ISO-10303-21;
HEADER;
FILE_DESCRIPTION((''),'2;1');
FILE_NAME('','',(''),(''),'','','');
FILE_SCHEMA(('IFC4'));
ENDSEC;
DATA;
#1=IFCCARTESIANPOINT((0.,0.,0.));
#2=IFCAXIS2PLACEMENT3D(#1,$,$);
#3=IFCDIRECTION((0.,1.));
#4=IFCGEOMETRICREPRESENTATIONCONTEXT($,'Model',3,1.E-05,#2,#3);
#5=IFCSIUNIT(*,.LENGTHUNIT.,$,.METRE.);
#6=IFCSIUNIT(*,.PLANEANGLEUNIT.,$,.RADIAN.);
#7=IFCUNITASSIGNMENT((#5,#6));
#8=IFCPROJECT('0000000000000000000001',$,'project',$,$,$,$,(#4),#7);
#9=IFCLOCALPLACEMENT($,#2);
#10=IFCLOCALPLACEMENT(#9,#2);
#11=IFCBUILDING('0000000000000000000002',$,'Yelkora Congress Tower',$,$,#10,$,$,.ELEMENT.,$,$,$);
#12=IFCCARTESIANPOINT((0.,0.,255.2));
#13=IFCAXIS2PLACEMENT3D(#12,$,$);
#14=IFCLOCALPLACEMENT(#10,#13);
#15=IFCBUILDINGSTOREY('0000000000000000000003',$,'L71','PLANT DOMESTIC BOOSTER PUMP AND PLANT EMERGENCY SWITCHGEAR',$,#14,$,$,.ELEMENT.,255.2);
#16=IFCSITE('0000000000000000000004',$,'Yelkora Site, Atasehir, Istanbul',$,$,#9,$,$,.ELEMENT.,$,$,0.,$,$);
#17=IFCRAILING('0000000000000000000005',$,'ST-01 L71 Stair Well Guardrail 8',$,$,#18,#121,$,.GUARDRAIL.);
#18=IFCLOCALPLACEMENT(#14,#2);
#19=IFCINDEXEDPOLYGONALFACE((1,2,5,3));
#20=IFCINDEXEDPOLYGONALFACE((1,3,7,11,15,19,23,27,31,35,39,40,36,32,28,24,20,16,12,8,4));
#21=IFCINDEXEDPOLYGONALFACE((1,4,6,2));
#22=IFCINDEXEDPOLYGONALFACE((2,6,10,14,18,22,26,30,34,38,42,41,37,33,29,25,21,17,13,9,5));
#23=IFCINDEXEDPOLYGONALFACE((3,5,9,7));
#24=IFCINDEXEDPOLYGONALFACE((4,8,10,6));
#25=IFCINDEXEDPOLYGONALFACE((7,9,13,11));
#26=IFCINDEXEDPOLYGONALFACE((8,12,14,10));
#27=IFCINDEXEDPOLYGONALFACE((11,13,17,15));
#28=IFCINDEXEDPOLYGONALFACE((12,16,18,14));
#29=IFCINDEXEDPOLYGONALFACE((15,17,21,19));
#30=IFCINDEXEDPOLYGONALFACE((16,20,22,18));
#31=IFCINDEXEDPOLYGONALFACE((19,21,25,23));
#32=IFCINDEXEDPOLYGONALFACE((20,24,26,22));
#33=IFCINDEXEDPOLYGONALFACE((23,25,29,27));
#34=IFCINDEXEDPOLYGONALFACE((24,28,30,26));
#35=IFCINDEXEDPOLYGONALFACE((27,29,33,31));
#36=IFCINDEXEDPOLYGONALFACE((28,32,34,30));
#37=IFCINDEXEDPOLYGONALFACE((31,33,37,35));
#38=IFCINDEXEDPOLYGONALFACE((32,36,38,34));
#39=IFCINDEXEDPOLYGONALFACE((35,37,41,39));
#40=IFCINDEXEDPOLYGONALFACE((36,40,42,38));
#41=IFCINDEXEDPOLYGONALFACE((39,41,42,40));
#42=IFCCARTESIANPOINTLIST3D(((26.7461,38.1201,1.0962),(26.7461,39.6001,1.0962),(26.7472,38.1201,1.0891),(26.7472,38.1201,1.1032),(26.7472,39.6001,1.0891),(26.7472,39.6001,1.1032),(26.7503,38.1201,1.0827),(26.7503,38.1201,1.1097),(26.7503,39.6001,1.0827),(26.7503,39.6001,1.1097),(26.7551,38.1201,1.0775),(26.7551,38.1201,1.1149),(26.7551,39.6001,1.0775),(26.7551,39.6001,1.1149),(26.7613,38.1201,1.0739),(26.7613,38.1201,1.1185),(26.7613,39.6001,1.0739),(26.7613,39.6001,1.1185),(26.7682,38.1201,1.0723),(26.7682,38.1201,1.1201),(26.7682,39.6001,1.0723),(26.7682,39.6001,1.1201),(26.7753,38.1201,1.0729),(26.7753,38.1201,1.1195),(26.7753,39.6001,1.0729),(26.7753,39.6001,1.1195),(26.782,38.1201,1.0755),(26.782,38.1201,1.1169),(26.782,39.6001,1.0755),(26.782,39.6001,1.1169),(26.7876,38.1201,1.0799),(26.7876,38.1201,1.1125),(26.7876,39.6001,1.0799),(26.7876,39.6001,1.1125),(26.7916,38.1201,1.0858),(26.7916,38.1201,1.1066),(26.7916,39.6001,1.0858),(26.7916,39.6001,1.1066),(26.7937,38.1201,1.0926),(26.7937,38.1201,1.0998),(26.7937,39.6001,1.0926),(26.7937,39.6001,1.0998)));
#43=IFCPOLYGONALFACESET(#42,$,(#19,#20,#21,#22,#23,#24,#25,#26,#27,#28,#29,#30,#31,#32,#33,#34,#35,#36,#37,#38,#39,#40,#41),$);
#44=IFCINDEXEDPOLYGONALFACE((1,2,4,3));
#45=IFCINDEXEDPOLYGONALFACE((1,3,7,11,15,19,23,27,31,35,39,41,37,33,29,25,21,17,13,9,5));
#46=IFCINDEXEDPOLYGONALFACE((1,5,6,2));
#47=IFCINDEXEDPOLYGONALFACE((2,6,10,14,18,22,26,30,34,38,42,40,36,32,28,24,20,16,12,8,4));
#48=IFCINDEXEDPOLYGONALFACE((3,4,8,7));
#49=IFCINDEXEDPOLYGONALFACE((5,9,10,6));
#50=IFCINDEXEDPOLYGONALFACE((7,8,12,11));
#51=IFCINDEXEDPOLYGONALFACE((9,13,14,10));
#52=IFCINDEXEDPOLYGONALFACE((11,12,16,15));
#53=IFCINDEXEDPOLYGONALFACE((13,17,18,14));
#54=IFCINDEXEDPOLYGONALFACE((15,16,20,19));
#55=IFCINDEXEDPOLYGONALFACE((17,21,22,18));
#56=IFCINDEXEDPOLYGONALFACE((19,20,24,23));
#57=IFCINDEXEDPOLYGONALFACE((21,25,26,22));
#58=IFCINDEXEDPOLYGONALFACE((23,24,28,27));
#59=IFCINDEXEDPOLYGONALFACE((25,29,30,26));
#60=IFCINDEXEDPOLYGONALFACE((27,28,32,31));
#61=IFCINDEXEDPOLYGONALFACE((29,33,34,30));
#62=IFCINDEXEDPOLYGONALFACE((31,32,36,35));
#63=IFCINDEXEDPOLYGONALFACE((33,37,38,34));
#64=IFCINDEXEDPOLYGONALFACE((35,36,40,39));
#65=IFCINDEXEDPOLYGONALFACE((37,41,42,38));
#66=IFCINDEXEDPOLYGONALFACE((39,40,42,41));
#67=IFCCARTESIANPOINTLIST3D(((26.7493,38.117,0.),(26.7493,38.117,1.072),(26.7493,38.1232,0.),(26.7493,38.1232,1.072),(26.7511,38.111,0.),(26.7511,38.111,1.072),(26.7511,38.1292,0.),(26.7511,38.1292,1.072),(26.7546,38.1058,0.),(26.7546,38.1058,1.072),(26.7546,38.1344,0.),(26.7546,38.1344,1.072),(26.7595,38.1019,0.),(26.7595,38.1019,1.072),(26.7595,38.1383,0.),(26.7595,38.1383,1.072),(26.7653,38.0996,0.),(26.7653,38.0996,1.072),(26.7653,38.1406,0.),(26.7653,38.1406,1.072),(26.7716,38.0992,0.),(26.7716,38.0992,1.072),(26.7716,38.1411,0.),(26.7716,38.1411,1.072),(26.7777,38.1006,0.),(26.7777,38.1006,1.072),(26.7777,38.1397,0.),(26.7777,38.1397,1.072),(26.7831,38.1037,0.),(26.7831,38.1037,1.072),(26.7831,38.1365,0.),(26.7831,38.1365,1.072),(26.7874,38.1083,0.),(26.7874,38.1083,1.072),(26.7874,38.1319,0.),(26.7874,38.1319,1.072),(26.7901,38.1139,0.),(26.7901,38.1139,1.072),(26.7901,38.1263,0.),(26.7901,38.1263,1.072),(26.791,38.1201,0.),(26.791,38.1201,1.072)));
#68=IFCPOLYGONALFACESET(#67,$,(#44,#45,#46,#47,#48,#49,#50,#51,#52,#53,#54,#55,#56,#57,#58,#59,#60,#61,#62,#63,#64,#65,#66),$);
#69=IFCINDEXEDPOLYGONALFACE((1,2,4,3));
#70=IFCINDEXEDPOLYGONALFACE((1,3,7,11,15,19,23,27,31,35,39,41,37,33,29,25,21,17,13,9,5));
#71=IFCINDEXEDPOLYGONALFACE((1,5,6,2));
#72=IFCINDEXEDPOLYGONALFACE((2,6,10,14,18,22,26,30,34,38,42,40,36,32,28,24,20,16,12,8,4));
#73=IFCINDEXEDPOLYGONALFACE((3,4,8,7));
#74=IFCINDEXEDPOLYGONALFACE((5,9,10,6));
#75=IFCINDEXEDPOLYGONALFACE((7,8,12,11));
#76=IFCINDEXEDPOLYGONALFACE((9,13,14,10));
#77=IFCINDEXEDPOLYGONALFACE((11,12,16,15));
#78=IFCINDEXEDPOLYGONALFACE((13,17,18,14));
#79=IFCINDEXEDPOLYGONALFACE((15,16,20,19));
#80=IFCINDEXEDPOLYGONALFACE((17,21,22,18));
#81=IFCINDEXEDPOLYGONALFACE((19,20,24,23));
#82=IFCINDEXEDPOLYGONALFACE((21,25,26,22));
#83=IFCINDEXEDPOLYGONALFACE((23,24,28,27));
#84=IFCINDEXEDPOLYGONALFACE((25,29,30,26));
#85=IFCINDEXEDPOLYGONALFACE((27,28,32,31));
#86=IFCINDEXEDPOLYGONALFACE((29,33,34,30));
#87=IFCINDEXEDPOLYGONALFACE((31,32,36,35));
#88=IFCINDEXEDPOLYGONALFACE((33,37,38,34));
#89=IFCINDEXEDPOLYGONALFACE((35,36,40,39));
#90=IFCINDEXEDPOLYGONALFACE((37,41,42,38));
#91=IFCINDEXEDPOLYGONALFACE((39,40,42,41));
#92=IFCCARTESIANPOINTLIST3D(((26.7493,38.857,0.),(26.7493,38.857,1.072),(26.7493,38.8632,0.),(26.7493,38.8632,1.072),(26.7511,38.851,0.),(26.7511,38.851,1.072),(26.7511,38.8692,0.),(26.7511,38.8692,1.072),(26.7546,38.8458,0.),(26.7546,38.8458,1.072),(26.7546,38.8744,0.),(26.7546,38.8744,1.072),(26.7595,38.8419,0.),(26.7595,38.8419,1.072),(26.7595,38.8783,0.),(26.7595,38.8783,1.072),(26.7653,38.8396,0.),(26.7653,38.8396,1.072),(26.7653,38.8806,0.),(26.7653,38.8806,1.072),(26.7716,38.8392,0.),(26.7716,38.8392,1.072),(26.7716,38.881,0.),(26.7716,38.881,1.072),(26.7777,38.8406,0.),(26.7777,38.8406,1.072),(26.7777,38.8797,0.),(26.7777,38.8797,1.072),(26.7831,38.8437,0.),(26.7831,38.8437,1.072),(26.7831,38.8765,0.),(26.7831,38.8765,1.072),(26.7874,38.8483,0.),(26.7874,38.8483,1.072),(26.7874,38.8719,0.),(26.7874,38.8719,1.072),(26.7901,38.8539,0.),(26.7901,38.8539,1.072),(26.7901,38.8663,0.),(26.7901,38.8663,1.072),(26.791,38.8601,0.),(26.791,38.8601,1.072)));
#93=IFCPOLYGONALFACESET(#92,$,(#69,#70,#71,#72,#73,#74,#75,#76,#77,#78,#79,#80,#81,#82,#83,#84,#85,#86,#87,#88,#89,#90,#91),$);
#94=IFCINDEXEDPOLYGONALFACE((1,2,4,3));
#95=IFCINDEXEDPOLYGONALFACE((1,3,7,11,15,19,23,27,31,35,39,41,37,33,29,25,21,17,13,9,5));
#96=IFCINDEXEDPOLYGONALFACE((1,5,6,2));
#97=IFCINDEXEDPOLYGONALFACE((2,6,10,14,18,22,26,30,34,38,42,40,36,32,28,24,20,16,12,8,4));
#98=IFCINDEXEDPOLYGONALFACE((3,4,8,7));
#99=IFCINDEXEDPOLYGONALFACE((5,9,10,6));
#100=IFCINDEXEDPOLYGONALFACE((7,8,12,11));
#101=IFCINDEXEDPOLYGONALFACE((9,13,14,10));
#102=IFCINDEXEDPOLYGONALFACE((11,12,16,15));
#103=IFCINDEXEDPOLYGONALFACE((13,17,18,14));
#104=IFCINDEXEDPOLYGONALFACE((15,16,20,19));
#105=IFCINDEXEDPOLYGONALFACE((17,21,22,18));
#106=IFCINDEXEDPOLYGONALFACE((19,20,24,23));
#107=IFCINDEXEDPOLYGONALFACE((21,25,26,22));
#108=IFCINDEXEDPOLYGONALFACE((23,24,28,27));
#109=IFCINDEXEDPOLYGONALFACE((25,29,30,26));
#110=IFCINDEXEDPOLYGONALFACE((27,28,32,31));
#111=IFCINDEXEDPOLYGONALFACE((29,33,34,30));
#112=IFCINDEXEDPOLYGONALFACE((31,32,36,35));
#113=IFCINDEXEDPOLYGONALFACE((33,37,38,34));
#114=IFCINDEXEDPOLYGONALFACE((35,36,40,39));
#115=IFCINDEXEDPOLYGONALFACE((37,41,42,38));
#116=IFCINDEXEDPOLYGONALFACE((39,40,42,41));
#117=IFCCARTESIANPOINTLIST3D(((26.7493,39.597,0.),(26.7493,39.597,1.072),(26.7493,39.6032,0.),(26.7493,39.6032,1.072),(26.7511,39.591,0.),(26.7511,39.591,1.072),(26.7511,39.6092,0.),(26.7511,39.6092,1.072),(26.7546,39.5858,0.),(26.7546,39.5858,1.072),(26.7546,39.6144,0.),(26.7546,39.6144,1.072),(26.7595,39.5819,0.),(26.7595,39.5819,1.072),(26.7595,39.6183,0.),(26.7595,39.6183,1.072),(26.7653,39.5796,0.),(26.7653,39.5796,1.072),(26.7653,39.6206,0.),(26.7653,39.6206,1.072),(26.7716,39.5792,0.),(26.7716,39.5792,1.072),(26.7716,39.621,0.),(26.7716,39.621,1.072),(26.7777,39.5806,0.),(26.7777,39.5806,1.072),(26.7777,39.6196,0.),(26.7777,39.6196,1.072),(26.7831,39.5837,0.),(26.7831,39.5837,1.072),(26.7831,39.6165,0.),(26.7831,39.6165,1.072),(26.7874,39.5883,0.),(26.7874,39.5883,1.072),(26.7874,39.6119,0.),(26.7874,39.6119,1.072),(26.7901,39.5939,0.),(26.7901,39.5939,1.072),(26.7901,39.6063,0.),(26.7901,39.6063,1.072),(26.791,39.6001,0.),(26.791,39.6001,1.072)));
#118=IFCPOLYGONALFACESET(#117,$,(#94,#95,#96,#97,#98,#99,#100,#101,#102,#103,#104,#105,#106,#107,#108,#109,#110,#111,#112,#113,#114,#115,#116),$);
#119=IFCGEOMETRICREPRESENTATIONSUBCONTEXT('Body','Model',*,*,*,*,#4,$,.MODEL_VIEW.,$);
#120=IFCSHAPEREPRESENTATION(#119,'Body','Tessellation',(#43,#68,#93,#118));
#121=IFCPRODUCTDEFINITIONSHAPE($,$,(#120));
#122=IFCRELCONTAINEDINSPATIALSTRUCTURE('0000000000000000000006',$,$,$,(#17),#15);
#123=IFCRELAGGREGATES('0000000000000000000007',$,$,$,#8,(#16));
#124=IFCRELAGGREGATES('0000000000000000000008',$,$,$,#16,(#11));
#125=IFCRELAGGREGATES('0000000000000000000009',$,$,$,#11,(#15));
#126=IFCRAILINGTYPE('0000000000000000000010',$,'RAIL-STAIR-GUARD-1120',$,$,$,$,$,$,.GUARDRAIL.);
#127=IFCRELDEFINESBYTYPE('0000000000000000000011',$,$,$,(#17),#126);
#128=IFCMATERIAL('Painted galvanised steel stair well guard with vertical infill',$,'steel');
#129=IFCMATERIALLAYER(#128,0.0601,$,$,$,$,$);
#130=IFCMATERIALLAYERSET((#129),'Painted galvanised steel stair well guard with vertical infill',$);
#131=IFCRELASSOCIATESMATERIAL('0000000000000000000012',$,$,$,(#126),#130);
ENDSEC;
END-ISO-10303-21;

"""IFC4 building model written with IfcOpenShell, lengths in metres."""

from ifc_helpers import new_model, si_unit, direction, frame, origin, origin_2d, place, context, subcontext, project, spatial, circle, extrude, material, layer, layer_set, type_object, element, save


model = new_model("IFC4")

# Units and contexts
model_context = context("Model", 3, precision=1e-05, world=origin(), true_north=direction((0.0, 1.0)))
body_context = subcontext(model_context, "Body", "Model", "MODEL_VIEW")
ifc_project = project(units=[si_unit("LENGTHUNIT", "METRE"), si_unit("PLANEANGLEUNIT", "RADIAN")], contexts=[model_context])

# Site, building, storey
site_placement = place(None, origin())
site = spatial("IfcSite", under=ifc_project, at=site_placement, Name="Yelkora Site, Atasehir, Istanbul", CompositionType="ELEMENT", RefElevation=0.0)
building_placement = place(site_placement, origin())
building = spatial("IfcBuilding", under=site, at=building_placement, Name="Yelkora Congress Tower", CompositionType="ELEMENT")
storey_placement = place(building_placement, frame((0.0, 0.0, 255.2)))
storey = spatial("IfcBuildingStorey", under=building, at=storey_placement, Name="L71", Description="PLANT DOMESTIC BOOSTER PUMP AND PLANT EMERGENCY SWITCHGEAR", CompositionType="ELEMENT", Elevation=255.2)

# Railing
ifc_material_1 = material(Name="Painted galvanised steel stair well guard with vertical infill", Category="steel")
ifc_layer_1 = layer(ifc_material_1, 0.0601)
ifc_layer_set_1 = layer_set([ifc_layer_1], Name="Painted galvanised steel stair well guard with vertical infill")
railing_type_1 = type_object("IfcRailingType", Name="RAIL-STAIR-GUARD-1120", PredefinedType="GUARDRAIL", material=ifc_layer_set_1)
railing_1_placement = place(storey_placement, frame((26.77, 38.1201, 0.0)))
element("IfcRailing", 1, at=railing_1_placement, inside=storey, type_object=railing_type_1, Name="ST-01 L71 Stair Well Guardrail 8", PredefinedType="GUARDRAIL", context=body_context, shape_type="SweptSolid", body=[
    extrude(circle(Radius=0.0239, at=origin_2d()), frame((0.0, 0.0, 1.0962), z_axis=(0.0, 1.0, 0.0), x_axis=(-1.0, 0.0, 0.0)), (0.0, 0.0, 1.0), 1.48),
    extrude(circle(Radius=0.021, at=origin_2d()), origin(), (0.0, 0.0, 1.0), 1.072),
    extrude(circle(Radius=0.021, at=origin_2d()), frame((0.0, 0.74, 0.0)), (0.0, 0.0, 1.0), 1.072),
    extrude(circle(Radius=0.021, at=origin_2d()), frame((0.0, 1.48, 0.0)), (0.0, 0.0, 1.0), 1.072),
])

save(model, "model.ifc")
